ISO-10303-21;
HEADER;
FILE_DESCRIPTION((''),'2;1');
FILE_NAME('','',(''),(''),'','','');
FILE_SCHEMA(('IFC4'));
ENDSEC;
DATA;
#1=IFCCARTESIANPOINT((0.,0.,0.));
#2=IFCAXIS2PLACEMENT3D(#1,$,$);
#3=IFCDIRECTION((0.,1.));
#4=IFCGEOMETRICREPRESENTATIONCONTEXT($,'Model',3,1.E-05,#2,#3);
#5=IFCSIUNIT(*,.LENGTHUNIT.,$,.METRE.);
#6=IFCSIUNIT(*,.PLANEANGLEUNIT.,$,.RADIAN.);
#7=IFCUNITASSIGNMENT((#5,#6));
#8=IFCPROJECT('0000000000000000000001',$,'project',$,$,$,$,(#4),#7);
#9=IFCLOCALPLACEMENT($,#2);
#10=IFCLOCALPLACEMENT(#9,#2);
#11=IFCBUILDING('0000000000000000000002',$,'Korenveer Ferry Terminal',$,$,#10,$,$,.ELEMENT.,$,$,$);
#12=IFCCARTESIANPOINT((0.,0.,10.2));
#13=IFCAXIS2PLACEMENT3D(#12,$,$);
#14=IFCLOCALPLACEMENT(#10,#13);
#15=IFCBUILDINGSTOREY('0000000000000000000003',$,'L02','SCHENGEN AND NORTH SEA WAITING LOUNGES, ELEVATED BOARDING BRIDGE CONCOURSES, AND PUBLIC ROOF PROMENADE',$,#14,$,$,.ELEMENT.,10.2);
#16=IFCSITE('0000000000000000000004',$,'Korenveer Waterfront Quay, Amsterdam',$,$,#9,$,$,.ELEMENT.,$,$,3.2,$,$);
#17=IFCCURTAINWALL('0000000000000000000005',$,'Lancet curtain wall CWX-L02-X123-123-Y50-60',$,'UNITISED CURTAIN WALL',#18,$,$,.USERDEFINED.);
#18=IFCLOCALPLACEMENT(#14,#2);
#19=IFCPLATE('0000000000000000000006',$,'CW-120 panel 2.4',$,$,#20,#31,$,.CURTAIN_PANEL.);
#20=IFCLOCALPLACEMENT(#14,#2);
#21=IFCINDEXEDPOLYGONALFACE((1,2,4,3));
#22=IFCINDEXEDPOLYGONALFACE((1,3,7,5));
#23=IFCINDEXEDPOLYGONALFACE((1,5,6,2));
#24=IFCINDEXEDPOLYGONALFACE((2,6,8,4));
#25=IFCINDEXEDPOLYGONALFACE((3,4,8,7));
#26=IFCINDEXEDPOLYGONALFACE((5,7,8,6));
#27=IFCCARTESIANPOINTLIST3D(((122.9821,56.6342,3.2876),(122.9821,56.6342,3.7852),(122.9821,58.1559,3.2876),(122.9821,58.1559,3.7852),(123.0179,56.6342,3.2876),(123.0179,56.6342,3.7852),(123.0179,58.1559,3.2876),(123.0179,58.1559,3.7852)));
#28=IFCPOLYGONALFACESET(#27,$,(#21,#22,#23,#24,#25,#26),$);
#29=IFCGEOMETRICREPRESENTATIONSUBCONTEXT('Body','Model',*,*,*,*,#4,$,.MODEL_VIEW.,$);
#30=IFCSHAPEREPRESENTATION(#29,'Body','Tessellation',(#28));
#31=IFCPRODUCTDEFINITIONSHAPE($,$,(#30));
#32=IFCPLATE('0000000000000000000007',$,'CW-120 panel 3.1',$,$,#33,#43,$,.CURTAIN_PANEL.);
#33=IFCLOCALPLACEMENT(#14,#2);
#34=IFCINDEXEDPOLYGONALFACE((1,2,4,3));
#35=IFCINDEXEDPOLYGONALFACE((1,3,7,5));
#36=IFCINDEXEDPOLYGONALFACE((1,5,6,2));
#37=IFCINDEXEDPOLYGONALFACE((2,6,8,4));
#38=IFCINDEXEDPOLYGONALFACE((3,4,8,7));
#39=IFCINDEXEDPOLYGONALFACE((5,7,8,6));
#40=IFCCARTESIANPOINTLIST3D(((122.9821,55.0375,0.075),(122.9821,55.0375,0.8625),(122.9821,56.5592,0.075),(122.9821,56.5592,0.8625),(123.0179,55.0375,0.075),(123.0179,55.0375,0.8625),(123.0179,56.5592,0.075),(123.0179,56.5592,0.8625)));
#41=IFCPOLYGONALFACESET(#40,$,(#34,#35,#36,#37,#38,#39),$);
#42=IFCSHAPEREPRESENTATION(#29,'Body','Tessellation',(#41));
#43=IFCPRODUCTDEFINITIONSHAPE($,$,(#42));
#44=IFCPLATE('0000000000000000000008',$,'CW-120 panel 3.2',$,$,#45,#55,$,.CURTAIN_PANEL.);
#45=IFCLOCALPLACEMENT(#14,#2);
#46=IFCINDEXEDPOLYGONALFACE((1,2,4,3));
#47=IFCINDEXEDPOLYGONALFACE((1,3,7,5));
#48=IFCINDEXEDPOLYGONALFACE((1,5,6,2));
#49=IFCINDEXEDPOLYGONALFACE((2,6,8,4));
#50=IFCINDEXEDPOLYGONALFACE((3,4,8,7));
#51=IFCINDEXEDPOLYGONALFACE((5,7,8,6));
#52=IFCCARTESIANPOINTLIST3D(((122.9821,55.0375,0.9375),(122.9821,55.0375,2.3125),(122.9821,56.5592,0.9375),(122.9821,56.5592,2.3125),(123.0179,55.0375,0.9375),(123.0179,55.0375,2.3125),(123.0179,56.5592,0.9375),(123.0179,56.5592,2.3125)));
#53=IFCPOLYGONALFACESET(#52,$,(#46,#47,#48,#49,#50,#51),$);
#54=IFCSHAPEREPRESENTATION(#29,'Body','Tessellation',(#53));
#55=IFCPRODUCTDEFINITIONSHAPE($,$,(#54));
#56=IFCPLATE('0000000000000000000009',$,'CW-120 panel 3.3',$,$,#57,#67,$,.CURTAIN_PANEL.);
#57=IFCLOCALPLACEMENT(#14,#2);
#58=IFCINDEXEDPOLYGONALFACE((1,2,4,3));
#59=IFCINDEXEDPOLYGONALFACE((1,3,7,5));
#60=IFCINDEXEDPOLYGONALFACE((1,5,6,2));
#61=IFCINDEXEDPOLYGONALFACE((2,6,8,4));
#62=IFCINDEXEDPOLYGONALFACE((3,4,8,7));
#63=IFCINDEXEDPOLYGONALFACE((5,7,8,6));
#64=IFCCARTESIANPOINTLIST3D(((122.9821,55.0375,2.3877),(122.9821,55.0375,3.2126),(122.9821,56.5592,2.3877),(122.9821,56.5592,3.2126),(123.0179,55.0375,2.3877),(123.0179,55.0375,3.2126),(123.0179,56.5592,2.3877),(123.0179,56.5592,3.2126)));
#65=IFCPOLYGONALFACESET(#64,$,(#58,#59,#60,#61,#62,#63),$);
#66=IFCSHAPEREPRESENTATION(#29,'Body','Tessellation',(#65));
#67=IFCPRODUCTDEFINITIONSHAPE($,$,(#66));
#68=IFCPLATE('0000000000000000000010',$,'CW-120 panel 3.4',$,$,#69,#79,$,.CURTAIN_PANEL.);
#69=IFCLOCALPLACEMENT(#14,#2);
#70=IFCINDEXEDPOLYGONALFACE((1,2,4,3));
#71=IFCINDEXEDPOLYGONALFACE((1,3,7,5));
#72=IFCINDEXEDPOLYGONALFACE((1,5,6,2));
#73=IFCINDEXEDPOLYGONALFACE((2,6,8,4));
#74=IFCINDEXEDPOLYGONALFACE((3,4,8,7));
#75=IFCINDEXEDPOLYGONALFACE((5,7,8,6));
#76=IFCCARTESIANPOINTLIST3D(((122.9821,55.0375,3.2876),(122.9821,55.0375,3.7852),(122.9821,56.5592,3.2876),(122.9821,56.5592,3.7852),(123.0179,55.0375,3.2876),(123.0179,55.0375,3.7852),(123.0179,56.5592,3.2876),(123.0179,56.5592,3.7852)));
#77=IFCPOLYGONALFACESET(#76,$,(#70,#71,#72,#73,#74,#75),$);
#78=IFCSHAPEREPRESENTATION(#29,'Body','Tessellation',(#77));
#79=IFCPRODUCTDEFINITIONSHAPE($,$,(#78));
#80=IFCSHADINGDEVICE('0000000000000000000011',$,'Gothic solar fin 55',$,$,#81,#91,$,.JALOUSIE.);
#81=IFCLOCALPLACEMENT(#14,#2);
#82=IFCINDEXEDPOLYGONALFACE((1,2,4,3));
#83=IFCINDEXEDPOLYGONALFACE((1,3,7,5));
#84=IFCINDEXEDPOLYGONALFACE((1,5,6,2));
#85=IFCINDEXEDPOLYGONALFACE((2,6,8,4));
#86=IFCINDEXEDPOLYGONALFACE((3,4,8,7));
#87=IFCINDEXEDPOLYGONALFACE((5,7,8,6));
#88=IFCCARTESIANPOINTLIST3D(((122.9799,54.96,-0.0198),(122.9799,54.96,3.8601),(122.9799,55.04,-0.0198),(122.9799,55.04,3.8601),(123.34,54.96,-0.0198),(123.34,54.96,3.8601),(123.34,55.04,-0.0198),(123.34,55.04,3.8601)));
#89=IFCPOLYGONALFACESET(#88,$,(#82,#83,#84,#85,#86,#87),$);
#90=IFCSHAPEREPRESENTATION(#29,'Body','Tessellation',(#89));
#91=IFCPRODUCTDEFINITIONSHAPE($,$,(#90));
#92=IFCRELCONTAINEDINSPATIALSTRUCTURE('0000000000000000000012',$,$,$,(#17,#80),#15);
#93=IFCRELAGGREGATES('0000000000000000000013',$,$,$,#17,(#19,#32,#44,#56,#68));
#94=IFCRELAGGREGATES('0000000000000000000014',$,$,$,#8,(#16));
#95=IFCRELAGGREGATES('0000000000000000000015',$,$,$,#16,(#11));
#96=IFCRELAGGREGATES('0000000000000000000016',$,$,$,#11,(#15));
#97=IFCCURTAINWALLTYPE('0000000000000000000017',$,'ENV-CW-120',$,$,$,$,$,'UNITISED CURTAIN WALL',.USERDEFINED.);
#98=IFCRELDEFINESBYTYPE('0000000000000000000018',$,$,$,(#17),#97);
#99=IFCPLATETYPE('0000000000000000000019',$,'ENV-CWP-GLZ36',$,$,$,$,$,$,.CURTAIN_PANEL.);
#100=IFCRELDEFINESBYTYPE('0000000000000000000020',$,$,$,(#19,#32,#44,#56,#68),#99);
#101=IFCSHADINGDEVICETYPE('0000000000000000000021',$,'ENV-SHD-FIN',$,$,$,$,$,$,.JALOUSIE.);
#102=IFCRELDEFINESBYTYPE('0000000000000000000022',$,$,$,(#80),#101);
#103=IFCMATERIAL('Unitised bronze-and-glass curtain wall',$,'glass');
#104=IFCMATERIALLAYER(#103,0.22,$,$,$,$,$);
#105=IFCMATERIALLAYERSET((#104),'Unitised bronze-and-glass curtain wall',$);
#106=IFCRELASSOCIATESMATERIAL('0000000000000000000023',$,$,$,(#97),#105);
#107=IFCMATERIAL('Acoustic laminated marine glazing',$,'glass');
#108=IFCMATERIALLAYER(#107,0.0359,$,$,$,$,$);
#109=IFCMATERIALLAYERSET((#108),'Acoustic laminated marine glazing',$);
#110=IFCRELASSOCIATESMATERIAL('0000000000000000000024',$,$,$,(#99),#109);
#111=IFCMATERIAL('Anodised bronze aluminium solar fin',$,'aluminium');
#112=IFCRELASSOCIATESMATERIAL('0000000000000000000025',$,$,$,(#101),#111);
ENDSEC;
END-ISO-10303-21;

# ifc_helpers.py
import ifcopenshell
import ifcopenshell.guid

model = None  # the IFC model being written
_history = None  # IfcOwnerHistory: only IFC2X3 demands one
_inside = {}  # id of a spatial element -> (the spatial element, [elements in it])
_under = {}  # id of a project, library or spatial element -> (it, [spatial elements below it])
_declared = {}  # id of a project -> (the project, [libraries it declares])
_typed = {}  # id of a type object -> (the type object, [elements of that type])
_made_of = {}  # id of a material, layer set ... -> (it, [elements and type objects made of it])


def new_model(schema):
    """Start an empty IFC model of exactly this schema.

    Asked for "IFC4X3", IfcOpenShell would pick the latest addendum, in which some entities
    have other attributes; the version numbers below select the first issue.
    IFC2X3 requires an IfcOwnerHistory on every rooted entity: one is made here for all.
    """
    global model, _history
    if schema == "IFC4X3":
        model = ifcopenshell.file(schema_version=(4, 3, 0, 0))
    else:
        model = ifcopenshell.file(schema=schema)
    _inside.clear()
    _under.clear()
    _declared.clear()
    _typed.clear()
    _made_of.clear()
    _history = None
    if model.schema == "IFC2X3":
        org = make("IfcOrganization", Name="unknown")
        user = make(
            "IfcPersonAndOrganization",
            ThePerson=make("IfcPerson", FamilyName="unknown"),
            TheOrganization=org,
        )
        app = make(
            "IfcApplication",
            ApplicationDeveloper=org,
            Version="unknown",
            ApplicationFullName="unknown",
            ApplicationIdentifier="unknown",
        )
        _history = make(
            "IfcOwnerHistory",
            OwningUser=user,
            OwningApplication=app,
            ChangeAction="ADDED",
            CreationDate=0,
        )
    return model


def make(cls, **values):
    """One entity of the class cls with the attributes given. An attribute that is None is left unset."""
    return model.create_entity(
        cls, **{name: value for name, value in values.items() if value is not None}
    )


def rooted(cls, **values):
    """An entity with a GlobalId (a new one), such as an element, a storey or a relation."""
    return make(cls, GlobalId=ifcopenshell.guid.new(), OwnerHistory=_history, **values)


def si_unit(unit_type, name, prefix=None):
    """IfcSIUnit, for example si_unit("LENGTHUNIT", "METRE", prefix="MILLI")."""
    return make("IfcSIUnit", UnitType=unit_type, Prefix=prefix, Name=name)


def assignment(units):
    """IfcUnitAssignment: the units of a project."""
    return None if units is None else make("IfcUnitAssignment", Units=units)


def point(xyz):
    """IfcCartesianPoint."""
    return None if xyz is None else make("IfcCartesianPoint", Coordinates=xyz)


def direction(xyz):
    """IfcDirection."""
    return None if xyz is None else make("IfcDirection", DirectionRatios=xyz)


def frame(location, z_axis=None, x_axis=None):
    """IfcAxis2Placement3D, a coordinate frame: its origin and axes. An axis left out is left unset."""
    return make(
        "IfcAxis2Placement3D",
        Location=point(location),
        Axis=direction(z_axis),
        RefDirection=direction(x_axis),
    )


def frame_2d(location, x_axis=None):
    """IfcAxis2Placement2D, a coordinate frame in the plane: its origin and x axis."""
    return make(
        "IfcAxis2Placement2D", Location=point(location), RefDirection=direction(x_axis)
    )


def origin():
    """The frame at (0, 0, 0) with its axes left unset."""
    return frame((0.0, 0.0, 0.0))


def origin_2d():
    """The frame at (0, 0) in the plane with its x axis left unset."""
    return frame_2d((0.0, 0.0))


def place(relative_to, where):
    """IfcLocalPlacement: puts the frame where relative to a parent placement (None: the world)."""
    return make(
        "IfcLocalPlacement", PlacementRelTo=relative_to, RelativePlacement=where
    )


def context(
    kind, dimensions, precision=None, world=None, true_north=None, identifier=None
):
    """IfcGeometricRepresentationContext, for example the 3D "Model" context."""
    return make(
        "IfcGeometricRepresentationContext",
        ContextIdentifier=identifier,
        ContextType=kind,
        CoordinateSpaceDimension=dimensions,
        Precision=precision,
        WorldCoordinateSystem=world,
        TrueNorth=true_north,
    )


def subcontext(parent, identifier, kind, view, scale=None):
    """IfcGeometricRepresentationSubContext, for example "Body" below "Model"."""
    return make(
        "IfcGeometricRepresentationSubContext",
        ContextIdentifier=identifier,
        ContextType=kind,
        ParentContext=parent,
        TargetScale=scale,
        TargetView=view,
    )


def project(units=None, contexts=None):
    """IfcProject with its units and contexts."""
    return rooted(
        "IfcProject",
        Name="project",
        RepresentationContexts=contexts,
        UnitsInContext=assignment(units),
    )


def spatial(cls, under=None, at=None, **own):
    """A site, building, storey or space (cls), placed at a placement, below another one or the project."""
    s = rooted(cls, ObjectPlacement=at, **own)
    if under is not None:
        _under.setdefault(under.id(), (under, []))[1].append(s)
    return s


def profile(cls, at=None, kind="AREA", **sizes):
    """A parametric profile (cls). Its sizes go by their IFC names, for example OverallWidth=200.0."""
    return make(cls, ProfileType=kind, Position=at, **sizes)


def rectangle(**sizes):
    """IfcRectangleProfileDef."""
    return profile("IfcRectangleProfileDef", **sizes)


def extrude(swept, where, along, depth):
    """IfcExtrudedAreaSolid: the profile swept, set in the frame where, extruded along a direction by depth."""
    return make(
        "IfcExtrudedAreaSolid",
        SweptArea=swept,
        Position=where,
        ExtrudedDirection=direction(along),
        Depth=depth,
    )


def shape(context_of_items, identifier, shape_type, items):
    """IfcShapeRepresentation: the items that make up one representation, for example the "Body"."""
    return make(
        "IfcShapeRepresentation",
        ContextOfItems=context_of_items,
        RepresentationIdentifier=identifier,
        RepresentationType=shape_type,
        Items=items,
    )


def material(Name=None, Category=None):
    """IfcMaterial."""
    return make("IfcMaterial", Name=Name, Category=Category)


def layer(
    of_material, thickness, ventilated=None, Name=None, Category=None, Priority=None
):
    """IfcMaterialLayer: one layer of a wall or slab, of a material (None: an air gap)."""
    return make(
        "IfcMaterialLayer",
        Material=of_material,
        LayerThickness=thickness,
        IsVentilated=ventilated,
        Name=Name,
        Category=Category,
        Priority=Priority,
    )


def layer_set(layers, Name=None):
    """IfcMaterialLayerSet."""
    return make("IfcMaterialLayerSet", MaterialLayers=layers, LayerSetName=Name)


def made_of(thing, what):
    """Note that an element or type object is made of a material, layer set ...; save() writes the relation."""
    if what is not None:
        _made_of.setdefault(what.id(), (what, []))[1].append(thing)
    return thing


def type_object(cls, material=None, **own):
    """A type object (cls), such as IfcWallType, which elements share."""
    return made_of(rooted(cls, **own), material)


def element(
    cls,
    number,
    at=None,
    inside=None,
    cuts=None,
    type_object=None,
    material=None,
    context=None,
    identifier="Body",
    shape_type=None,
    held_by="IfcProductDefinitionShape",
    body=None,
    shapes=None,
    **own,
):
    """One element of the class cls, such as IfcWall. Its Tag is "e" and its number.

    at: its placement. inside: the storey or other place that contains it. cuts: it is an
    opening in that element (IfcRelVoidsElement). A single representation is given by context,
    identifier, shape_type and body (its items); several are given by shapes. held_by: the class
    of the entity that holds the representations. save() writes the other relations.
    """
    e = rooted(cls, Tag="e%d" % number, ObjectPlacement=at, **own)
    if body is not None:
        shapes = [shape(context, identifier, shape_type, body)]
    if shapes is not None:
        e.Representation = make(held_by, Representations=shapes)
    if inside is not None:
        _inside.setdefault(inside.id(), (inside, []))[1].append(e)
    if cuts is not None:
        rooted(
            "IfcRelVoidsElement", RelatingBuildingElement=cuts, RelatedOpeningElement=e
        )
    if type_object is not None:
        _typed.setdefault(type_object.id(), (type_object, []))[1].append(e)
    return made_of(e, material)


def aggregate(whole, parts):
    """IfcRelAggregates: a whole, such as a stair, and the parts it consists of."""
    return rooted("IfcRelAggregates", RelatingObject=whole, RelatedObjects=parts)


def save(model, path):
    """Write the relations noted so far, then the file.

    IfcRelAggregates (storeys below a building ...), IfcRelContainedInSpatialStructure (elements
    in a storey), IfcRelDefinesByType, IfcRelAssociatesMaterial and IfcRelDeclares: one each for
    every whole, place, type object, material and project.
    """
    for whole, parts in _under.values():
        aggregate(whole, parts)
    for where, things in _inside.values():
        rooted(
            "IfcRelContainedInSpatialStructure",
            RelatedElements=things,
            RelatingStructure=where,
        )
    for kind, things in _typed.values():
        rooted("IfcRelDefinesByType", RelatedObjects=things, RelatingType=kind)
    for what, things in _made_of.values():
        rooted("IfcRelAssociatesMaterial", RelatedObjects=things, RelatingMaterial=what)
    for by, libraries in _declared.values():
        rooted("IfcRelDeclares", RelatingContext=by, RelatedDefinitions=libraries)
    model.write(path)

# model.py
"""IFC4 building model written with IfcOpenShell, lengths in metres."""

from ifc_helpers import new_model, si_unit, direction, frame, origin, origin_2d, place, context, subcontext, project, spatial, rectangle, extrude, material, layer, layer_set, type_object, element, aggregate, save


model = new_model("IFC4")

# Units and contexts
model_context = context("Model", 3, precision=1e-05, world=origin(), true_north=direction((0.0, 1.0)))
body_context = subcontext(model_context, "Body", "Model", "MODEL_VIEW")
ifc_project = project(units=[si_unit("LENGTHUNIT", "METRE"), si_unit("PLANEANGLEUNIT", "RADIAN")], contexts=[model_context])

# Site, building, storey
site_placement = place(None, origin())
site = spatial("IfcSite", under=ifc_project, at=site_placement, Name="Korenveer Waterfront Quay, Amsterdam", CompositionType="ELEMENT", RefElevation=3.2)
building_placement = place(site_placement, origin())
building = spatial("IfcBuilding", under=site, at=building_placement, Name="Korenveer Ferry Terminal", CompositionType="ELEMENT")
storey_placement = place(building_placement, frame((0.0, 0.0, 10.2)))
storey = spatial("IfcBuildingStorey", under=building, at=storey_placement, Name="L02", Description="SCHENGEN AND NORTH SEA WAITING LOUNGES, ELEVATED BOARDING BRIDGE CONCOURSES, AND PUBLIC ROOF PROMENADE", CompositionType="ELEMENT", Elevation=10.2)

# Curtain wall, plates
ifc_material_1 = material(Name="Unitised bronze-and-glass curtain wall", Category="glass")
ifc_layer_1 = layer(ifc_material_1, 0.22)
ifc_layer_set_1 = layer_set([ifc_layer_1], Name="Unitised bronze-and-glass curtain wall")
curtain_wall_type = type_object("IfcCurtainWallType", Name="ENV-CW-120", ElementType="UNITISED CURTAIN WALL", PredefinedType="USERDEFINED", material=ifc_layer_set_1)
curtain_wall_placement = place(storey_placement, frame((123.0, 59.79, 0.0)))
curtain_wall = element("IfcCurtainWall", 1, at=curtain_wall_placement, inside=storey, type_object=curtain_wall_type, Name="Lancet curtain wall CWX-L02-X123-123-Y50-60", ObjectType="UNITISED CURTAIN WALL", PredefinedType="USERDEFINED")
ifc_material_2 = material(Name="Acoustic laminated marine glazing", Category="glass")
ifc_layer_2 = layer(ifc_material_2, 0.0359)
ifc_layer_set_2 = layer_set([ifc_layer_2], Name="Acoustic laminated marine glazing")
plate_type = type_object("IfcPlateType", Name="ENV-CWP-GLZ36", PredefinedType="CURTAIN_PANEL", material=ifc_layer_set_2)
plate_1_placement = place(storey_placement, frame((123.0, 57.395, 3.2876), z_axis=(0.0, 0.0, 1.0), x_axis=(0.0, -1.0, 0.0)))
plate_1 = element("IfcPlate", 2, at=plate_1_placement, type_object=plate_type, Name="CW-120 panel 2.4", PredefinedType="CURTAIN_PANEL", context=body_context, shape_type="SweptSolid", body=[
    extrude(rectangle(XDim=1.5217, YDim=0.0359, at=origin_2d()), origin(), (0.0, 0.0, 1.0), 0.4976),
])
plate_2_placement = place(storey_placement, frame((123.0, 55.7983, 0.075), z_axis=(0.0, 0.0, 1.0), x_axis=(0.0, -1.0, 0.0)))
plate_2 = element("IfcPlate", 3, at=plate_2_placement, type_object=plate_type, Name="CW-120 panel 3.1", PredefinedType="CURTAIN_PANEL", context=body_context, shape_type="SweptSolid", body=[
    extrude(rectangle(XDim=1.5217, YDim=0.0359, at=origin_2d()), origin(), (0.0, 0.0, 1.0), 0.7876),
])
plate_3_placement = place(storey_placement, frame((123.0, 55.7983, 0.9375), z_axis=(0.0, 0.0, 1.0), x_axis=(0.0, -1.0, 0.0)))
plate_3 = element("IfcPlate", 4, at=plate_3_placement, type_object=plate_type, Name="CW-120 panel 3.2", PredefinedType="CURTAIN_PANEL", context=body_context, shape_type="SweptSolid", body=[
    extrude(rectangle(XDim=1.5217, YDim=0.0359, at=origin_2d()), origin(), (0.0, 0.0, 1.0), 1.375),
])
plate_4_placement = place(storey_placement, frame((123.0, 55.7983, 2.3877), z_axis=(0.0, 0.0, 1.0), x_axis=(0.0, -1.0, 0.0)))
plate_4 = element("IfcPlate", 5, at=plate_4_placement, type_object=plate_type, Name="CW-120 panel 3.3", PredefinedType="CURTAIN_PANEL", context=body_context, shape_type="SweptSolid", body=[
    extrude(rectangle(XDim=1.5217, YDim=0.0359, at=origin_2d()), origin(), (0.0, 0.0, 1.0), 0.825),
])
plate_5_placement = place(storey_placement, frame((123.0, 55.7983, 3.2876), z_axis=(0.0, 0.0, 1.0), x_axis=(0.0, -1.0, 0.0)))
plate_5 = element("IfcPlate", 6, at=plate_5_placement, type_object=plate_type, Name="CW-120 panel 3.4", PredefinedType="CURTAIN_PANEL", context=body_context, shape_type="SweptSolid", body=[
    extrude(rectangle(XDim=1.5217, YDim=0.0359, at=origin_2d()), origin(), (0.0, 0.0, 1.0), 0.4976),
])
aggregate(curtain_wall, [plate_1, plate_2, plate_3, plate_4, plate_5])

# Shading device
ifc_material_3 = material(Name="Anodised bronze aluminium solar fin", Category="aluminium")
shading_device_type = type_object("IfcShadingDeviceType", Name="ENV-SHD-FIN", PredefinedType="JALOUSIE", material=ifc_material_3)
shading_device_placement = place(storey_placement, frame((123.1599, 55.0, -0.0198), z_axis=(0.0, 0.0, 1.0), x_axis=(1.0, 0.0, 0.0)))
element("IfcShadingDevice", 7, at=shading_device_placement, inside=storey, type_object=shading_device_type, Name="Gothic solar fin 55", PredefinedType="JALOUSIE", context=body_context, shape_type="SweptSolid", body=[
    extrude(rectangle(XDim=0.3601, YDim=0.0801, at=origin_2d()), origin(), (0.0, 0.0, 1.0), 3.8799),
])

save(model, "model.ifc")
